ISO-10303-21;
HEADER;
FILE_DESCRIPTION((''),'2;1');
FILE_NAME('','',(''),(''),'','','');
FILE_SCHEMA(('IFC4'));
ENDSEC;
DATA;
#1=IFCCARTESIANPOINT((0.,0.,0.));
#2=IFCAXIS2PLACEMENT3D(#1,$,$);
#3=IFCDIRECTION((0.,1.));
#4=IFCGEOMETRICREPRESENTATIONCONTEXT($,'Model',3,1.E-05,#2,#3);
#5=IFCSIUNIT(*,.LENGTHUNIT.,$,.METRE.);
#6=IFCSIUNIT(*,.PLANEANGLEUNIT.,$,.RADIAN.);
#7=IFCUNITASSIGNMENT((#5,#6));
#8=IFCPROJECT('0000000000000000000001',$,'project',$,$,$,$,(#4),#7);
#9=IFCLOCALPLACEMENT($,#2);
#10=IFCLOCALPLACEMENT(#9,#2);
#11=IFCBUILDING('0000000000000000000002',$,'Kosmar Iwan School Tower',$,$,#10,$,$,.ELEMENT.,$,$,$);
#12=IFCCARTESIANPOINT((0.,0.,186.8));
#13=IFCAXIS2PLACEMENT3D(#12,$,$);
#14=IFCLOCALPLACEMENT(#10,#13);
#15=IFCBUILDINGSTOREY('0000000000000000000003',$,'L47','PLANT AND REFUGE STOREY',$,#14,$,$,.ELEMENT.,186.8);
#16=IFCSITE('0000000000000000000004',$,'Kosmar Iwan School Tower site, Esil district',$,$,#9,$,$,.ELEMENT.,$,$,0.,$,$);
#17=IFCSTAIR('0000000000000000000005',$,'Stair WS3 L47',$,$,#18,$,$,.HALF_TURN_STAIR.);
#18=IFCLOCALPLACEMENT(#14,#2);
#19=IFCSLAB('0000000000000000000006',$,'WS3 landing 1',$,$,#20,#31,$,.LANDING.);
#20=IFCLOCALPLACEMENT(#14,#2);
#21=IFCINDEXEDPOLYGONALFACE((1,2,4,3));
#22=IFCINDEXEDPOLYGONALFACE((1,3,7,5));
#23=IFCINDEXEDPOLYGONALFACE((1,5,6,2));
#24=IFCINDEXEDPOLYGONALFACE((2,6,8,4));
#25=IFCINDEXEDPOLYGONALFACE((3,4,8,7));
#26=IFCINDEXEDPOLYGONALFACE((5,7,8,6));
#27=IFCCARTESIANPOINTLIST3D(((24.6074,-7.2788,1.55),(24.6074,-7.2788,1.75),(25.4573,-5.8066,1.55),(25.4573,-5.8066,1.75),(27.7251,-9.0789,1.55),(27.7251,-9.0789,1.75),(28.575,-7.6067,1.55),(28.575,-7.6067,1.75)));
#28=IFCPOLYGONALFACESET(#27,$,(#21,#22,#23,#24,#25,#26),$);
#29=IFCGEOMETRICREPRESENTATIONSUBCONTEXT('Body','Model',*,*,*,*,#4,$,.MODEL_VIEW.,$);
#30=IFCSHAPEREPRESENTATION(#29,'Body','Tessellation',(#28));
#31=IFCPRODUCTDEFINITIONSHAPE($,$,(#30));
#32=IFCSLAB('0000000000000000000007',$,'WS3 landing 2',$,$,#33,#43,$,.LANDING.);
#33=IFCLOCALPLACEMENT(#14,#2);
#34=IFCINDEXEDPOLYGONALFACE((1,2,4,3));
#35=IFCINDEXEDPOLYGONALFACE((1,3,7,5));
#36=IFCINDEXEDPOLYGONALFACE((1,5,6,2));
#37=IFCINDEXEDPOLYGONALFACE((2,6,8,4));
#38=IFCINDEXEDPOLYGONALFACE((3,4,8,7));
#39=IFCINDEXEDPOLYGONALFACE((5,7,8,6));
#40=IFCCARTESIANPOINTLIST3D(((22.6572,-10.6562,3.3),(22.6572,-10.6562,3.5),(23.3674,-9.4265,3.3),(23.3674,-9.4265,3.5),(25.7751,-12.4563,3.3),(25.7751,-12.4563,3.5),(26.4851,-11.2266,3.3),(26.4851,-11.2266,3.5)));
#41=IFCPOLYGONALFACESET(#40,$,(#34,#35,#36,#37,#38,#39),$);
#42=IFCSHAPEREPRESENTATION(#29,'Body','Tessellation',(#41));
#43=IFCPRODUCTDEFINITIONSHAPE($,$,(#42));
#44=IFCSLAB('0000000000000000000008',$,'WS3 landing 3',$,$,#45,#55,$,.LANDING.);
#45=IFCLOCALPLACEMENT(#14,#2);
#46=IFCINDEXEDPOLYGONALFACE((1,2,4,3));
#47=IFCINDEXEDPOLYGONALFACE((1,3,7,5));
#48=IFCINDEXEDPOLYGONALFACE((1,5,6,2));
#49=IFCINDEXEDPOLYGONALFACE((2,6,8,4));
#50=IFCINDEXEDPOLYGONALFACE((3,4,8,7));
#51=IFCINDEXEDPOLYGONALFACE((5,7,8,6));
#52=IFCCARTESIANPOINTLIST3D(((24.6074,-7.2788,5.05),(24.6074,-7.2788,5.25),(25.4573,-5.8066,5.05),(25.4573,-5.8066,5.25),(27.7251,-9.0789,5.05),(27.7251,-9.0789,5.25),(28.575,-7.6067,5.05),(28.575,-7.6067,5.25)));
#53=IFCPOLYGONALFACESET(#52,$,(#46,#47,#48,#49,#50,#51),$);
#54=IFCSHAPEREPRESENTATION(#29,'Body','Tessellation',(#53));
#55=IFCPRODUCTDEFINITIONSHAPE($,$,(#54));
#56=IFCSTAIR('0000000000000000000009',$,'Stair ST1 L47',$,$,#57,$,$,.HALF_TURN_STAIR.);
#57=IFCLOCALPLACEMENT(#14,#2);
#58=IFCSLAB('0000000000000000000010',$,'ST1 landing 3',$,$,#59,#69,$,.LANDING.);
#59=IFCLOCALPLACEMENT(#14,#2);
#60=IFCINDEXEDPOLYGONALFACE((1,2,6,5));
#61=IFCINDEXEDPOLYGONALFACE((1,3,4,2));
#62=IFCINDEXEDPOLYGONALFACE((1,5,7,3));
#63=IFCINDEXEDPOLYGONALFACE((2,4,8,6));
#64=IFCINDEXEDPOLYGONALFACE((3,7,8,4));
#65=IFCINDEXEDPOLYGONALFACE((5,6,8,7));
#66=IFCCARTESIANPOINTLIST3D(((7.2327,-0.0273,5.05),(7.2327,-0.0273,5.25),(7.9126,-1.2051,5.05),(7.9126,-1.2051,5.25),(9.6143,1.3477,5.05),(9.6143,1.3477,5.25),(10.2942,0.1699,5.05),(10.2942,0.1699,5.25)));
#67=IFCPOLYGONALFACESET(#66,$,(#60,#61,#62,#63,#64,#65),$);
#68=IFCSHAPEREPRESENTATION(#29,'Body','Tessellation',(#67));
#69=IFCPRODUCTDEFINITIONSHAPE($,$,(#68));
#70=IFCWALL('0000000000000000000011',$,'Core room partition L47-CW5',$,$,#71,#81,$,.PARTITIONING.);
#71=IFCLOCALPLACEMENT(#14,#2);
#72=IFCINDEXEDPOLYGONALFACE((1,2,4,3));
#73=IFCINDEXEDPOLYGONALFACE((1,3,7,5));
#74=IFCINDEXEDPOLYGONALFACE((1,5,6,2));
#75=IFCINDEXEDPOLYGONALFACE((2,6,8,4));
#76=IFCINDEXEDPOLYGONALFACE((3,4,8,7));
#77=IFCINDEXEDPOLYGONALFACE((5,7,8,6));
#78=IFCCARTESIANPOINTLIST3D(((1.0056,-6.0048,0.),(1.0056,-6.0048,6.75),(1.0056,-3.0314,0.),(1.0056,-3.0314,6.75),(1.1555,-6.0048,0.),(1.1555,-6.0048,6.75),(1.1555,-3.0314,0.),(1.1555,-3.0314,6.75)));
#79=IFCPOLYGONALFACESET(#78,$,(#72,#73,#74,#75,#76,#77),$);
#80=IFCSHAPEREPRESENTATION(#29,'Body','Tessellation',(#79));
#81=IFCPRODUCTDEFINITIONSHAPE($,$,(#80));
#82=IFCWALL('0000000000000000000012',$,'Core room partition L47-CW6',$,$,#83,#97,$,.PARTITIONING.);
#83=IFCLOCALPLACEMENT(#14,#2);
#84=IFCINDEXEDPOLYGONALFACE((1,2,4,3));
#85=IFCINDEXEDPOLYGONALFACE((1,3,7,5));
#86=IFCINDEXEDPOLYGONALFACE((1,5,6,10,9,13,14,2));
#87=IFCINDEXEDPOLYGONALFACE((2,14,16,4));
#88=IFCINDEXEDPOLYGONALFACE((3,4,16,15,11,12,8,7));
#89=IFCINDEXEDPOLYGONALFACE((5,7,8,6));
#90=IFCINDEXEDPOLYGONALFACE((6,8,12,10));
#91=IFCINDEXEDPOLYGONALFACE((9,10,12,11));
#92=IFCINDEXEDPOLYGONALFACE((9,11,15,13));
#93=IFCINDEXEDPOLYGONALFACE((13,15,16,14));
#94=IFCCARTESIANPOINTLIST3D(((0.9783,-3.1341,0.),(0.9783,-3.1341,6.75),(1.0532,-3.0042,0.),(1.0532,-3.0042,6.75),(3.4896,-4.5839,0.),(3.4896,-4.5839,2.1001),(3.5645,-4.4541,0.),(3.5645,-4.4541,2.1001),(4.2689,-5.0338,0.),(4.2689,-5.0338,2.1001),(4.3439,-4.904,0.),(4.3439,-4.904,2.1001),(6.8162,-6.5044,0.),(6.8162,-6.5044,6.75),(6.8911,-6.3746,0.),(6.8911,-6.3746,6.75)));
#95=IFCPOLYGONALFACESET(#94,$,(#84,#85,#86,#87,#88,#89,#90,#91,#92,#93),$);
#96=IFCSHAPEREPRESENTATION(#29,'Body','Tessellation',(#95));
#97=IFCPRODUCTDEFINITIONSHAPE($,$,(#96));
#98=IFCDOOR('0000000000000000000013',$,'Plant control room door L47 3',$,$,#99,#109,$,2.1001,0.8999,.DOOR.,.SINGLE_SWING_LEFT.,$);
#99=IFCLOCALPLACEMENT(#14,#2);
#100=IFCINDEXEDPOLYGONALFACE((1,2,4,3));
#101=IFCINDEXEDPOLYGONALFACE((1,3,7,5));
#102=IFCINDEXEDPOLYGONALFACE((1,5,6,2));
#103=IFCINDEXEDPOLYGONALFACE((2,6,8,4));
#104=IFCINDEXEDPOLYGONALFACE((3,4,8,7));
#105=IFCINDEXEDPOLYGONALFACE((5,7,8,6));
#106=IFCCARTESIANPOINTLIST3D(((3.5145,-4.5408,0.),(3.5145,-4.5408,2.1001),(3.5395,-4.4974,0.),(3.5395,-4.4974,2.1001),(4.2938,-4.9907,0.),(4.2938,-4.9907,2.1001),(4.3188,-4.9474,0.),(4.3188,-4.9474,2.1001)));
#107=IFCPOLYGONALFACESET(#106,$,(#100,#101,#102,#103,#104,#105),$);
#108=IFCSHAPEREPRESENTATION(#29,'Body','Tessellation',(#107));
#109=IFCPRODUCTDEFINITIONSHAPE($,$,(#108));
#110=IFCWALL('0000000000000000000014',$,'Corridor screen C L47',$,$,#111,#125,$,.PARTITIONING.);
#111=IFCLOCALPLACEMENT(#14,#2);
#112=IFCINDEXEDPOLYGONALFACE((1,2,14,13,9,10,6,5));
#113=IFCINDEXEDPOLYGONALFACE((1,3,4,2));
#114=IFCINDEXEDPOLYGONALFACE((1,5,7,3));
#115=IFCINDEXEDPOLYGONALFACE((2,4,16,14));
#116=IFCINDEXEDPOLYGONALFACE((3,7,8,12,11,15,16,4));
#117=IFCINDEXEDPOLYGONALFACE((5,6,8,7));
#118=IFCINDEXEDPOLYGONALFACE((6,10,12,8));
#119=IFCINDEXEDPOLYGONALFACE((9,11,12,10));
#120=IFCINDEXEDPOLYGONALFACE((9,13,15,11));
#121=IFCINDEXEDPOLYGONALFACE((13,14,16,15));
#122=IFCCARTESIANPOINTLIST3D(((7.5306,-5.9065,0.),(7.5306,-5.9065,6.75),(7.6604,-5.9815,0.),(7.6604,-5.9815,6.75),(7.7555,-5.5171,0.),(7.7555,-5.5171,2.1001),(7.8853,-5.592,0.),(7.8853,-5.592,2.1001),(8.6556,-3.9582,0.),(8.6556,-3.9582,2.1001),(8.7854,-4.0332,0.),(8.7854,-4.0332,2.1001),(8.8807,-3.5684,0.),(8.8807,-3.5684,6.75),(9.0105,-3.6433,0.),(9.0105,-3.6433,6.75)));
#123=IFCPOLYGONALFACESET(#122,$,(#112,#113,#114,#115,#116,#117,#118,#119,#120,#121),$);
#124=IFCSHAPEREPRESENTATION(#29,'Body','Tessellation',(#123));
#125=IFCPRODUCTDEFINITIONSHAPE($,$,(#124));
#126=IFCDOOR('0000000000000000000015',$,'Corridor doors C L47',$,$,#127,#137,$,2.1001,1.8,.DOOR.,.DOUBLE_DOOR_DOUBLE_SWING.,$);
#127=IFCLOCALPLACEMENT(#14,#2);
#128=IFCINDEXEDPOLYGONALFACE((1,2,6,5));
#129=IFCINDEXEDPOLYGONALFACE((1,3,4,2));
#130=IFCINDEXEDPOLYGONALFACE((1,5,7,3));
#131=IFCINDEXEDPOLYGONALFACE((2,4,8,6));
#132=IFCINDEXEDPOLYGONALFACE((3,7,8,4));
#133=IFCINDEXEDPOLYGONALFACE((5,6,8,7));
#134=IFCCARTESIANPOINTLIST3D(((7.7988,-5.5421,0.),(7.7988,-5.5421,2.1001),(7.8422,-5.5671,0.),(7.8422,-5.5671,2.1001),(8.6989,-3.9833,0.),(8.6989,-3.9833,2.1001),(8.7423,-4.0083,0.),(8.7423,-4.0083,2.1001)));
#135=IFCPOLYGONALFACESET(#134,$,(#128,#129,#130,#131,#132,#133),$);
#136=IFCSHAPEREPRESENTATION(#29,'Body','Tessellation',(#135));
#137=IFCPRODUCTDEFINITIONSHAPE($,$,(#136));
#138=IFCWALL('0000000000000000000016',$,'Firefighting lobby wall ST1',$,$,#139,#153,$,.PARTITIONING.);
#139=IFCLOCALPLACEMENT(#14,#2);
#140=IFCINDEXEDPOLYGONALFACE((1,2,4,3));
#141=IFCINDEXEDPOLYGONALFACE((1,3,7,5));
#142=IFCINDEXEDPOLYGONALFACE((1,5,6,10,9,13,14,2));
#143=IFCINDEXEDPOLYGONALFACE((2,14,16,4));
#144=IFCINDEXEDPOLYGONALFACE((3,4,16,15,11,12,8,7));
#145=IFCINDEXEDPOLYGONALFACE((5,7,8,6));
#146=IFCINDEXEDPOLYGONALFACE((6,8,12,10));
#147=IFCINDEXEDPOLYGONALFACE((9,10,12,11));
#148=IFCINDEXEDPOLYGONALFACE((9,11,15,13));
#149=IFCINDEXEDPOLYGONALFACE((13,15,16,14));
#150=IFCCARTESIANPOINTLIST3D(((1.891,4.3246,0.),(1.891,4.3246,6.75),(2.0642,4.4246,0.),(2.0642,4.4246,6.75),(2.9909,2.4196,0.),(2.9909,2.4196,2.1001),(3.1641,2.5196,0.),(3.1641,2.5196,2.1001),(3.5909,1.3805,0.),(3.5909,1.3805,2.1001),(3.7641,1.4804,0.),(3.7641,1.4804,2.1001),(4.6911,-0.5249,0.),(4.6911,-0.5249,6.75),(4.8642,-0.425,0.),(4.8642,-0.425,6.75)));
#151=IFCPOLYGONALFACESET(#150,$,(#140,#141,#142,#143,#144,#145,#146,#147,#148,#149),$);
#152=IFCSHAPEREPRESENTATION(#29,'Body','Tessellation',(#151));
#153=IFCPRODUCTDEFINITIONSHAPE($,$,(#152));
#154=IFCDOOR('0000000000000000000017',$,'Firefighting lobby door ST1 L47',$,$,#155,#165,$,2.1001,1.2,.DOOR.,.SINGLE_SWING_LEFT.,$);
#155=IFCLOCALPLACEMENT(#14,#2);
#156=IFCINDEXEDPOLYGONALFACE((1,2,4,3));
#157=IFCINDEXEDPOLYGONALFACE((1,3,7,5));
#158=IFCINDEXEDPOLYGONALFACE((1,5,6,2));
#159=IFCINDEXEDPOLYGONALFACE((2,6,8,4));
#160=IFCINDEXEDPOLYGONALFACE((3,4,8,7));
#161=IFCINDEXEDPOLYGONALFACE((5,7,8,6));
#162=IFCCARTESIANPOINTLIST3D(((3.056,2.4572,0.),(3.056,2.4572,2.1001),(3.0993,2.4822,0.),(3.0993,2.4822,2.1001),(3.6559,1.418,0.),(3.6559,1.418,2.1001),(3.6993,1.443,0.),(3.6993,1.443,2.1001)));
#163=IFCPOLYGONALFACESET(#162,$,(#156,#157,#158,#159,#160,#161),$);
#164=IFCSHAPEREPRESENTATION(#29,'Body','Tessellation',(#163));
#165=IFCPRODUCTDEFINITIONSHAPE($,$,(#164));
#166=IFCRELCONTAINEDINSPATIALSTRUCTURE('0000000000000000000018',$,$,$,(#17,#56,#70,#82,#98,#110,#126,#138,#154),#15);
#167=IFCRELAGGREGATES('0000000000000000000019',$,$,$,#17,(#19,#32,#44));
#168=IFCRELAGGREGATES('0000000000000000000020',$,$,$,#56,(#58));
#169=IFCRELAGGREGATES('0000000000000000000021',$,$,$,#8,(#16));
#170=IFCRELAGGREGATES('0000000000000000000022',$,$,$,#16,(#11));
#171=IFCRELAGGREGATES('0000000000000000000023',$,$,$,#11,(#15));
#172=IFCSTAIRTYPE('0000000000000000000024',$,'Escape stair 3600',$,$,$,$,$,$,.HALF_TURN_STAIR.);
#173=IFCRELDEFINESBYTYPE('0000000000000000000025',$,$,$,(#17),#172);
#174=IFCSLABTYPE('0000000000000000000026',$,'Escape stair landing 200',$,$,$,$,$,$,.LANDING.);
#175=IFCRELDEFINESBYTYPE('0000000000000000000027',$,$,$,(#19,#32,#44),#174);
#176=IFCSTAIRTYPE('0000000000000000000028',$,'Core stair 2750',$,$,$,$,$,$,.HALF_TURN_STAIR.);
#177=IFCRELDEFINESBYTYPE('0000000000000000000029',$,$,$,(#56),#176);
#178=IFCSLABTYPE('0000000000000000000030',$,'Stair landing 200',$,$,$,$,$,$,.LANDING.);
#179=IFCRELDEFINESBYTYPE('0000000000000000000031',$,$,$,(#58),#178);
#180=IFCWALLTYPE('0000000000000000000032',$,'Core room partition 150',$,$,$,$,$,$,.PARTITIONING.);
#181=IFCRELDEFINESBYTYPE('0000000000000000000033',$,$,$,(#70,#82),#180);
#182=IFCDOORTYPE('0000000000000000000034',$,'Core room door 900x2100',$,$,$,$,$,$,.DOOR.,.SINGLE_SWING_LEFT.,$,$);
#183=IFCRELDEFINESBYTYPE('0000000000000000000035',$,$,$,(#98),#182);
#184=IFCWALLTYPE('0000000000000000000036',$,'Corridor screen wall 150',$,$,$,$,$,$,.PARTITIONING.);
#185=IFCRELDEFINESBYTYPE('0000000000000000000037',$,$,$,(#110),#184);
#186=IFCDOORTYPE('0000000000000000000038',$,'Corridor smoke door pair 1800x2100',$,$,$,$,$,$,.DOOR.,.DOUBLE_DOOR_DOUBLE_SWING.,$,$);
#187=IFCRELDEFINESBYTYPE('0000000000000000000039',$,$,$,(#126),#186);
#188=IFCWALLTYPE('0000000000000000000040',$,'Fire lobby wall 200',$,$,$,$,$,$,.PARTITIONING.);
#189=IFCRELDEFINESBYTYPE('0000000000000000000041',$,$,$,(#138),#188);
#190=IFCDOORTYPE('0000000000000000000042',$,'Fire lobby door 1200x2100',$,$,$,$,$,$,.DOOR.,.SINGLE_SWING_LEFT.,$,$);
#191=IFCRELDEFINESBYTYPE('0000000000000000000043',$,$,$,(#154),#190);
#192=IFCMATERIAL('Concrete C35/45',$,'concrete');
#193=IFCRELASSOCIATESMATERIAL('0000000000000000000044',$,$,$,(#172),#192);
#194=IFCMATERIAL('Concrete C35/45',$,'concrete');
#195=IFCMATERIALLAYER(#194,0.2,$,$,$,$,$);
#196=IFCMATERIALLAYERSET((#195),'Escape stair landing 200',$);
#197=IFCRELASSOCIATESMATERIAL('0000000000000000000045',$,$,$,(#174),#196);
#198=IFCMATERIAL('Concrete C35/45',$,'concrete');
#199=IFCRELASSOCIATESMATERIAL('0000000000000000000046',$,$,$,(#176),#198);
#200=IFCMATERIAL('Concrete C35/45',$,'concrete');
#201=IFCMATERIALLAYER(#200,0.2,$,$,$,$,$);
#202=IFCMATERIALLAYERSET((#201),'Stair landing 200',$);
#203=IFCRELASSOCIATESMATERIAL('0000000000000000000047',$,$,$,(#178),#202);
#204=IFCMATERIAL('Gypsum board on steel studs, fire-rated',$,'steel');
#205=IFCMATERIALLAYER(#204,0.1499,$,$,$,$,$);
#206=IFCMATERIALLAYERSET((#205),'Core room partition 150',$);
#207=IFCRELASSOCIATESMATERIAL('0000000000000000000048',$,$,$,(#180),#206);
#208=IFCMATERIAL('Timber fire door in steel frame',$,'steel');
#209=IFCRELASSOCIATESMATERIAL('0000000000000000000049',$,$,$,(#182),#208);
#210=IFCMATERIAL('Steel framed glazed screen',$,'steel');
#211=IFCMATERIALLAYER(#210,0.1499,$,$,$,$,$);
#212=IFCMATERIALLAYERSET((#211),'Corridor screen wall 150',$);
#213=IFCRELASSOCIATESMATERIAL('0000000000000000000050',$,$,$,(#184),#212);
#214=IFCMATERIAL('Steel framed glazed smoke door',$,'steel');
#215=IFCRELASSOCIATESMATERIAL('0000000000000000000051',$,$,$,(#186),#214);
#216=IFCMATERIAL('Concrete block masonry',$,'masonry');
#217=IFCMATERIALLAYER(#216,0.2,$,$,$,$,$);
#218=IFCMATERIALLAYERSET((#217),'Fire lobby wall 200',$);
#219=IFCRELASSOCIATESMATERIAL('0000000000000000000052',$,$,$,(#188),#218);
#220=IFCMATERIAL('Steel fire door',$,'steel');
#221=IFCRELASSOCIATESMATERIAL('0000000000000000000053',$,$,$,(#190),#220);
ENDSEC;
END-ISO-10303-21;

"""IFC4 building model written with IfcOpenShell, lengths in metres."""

from ifc_helpers import new_model, si_unit, direction, frame, frame_2d, origin, place, context, subcontext, project, spatial, polyline, rectangle, outline, extrude, material, layer, layer_set, type_object, element, fill, aggregate, save


model = new_model("IFC4")

# Units and contexts
model_context = context("Model", 3, precision=1e-05, world=origin(), true_north=direction((0.0, 1.0)))
body_context = subcontext(model_context, "Body", "Model", "MODEL_VIEW")
ifc_project = project(units=[si_unit("LENGTHUNIT", "METRE"), si_unit("PLANEANGLEUNIT", "RADIAN")], contexts=[model_context])

# Site, building, storey
site_placement = place(None, origin())
site = spatial("IfcSite", under=ifc_project, at=site_placement, Name="Kosmar Iwan School Tower site, Esil district", CompositionType="ELEMENT", RefElevation=0.0)
building_placement = place(site_placement, origin())
building = spatial("IfcBuilding", under=site, at=building_placement, Name="Kosmar Iwan School Tower", CompositionType="ELEMENT")
storey_placement = place(building_placement, frame((0.0, 0.0, 186.8)))
storey = spatial("IfcBuildingStorey", under=building, at=storey_placement, Name="L47", Description="PLANT AND REFUGE STOREY", CompositionType="ELEMENT", Elevation=186.8)

# Stair, slabs
ifc_material_1 = material(Name="Concrete C35/45", Category="concrete")
stair_type_1 = type_object("IfcStairType", Name="Escape stair 3600", PredefinedType="HALF_TURN_STAIR", material=ifc_material_1)
stair_1_placement = place(storey_placement, origin())
stair_1 = element("IfcStair", 1, at=stair_1_placement, inside=storey, type_object=stair_type_1, Name="Stair WS3 L47", PredefinedType="HALF_TURN_STAIR")
ifc_material_2 = material(Name="Concrete C35/45", Category="concrete")
ifc_layer_1 = layer(ifc_material_2, 0.2)
ifc_layer_set_1 = layer_set([ifc_layer_1], Name="Escape stair landing 200")
slab_type_1 = type_object("IfcSlabType", Name="Escape stair landing 200", PredefinedType="LANDING", material=ifc_layer_set_1)
slab_1_placement = place(storey_placement, frame((0.0, 0.0, 1.55)))
slab_1 = element("IfcSlab", 2, at=slab_1_placement, type_object=slab_type_1, Name="WS3 landing 1", PredefinedType="LANDING", context=body_context, shape_type="SweptSolid", body=[
    extrude(outline(polyline([(24.6074, -7.2788), (27.7251, -9.0789), (28.575, -7.6067), (25.4573, -5.8066), (24.6074, -7.2788)])), origin(), (0.0, 0.0, 1.0), 0.2),
])
slab_2_placement = place(storey_placement, frame((0.0, 0.0, 3.3)))
slab_2 = element("IfcSlab", 3, at=slab_2_placement, type_object=slab_type_1, Name="WS3 landing 2", PredefinedType="LANDING", context=body_context, shape_type="SweptSolid", body=[
    extrude(outline(polyline([(22.6572, -10.6562), (25.7751, -12.4563), (26.4851, -11.2266), (23.3674, -9.4265), (22.6572, -10.6562)])), origin(), (0.0, 0.0, 1.0), 0.2),
])
slab_3_placement = place(storey_placement, frame((0.0, 0.0, 5.05)))
slab_3 = element("IfcSlab", 4, at=slab_3_placement, type_object=slab_type_1, Name="WS3 landing 3", PredefinedType="LANDING", context=body_context, shape_type="SweptSolid", body=[
    extrude(outline(polyline([(24.6074, -7.2788), (27.7251, -9.0789), (28.575, -7.6067), (25.4573, -5.8066), (24.6074, -7.2788)])), origin(), (0.0, 0.0, 1.0), 0.2),
])
aggregate(stair_1, [slab_1, slab_2, slab_3])

# Stair, slab
ifc_material_3 = material(Name="Concrete C35/45", Category="concrete")
stair_type_2 = type_object("IfcStairType", Name="Core stair 2750", PredefinedType="HALF_TURN_STAIR", material=ifc_material_3)
stair_2_placement = place(storey_placement, origin())
stair_2 = element("IfcStair", 5, at=stair_2_placement, inside=storey, type_object=stair_type_2, Name="Stair ST1 L47", PredefinedType="HALF_TURN_STAIR")
ifc_material_4 = material(Name="Concrete C35/45", Category="concrete")
ifc_layer_2 = layer(ifc_material_4, 0.2)
ifc_layer_set_2 = layer_set([ifc_layer_2], Name="Stair landing 200")
slab_type_2 = type_object("IfcSlabType", Name="Stair landing 200", PredefinedType="LANDING", material=ifc_layer_set_2)
slab_4_placement = place(storey_placement, frame((0.0, 0.0, 5.05)))
slab_4 = element("IfcSlab", 6, at=slab_4_placement, type_object=slab_type_2, Name="ST1 landing 3", PredefinedType="LANDING", context=body_context, shape_type="SweptSolid", body=[
    extrude(outline(polyline([(7.9126, -1.2051), (10.2942, 0.1699), (9.6143, 1.3477), (7.2327, -0.0273), (7.9126, -1.2051)])), origin(), (0.0, 0.0, 1.0), 0.2),
])

# Wall
ifc_material_5 = material(Name="Gypsum board on steel studs, fire-rated", Category="steel")
ifc_layer_3 = layer(ifc_material_5, 0.1499)
ifc_layer_set_3 = layer_set([ifc_layer_3], Name="Core room partition 150")
wall_type_1 = type_object("IfcWallType", Name="Core room partition 150", PredefinedType="PARTITIONING", material=ifc_layer_set_3)
wall_1_placement = place(storey_placement, frame((1.0806, -6.0049, 0.0), z_axis=(0.0, 0.0, 1.0), x_axis=(0.0, 1.0, 0.0)))
element("IfcWall", 7, at=wall_1_placement, inside=storey, type_object=wall_type_1, Name="Core room partition L47-CW5", PredefinedType="PARTITIONING", context=body_context, shape_type="SweptSolid", body=[
    extrude(rectangle(XDim=2.9734, YDim=0.1499, at=frame_2d((1.4868, 0.0))), origin(), (0.0, 0.0, 1.0), 6.75),
])

# Walls, openings, doors
wall_2_placement = place(storey_placement, frame((1.0156, -3.0691, 0.0), z_axis=(0.0, 0.0, 1.0), x_axis=(0.866035, -0.499984, 0.0)))
wall_2 = element("IfcWall", 8, at=wall_2_placement, inside=storey, type_object=wall_type_1, Name="Core room partition L47-CW6", PredefinedType="PARTITIONING", context=body_context, shape_type="SweptSolid", body=[
    extrude(rectangle(XDim=6.741, YDim=0.1499, at=frame_2d((3.3706, 0.0))), origin(), (0.0, 0.0, 1.0), 6.75),
])
opening_1_placement = place(wall_2_placement, frame((2.8999, 0.0, 0.0)))
opening_1 = element("IfcOpeningElement", 9, at=opening_1_placement, cuts=wall_2, PredefinedType="OPENING", context=body_context, shape_type="SweptSolid", body=[
    extrude(rectangle(XDim=0.8999, YDim=2.1001, at=frame_2d((0.45, 1.05))), frame((0.0, 0.0869, 0.0), z_axis=(0.0, -1.0, 0.0), x_axis=(1.0, 0.0, 0.0)), (0.0, 0.0, 1.0), 0.1738),
])
ifc_material_6 = material(Name="Timber fire door in steel frame", Category="steel")
door_type_1 = type_object("IfcDoorType", Name="Core room door 900x2100", OperationType="SINGLE_SWING_LEFT", PredefinedType="DOOR", material=ifc_material_6)
door_1_placement = place(opening_1_placement, origin())
door_1 = element("IfcDoor", 10, at=door_1_placement, inside=storey, type_object=door_type_1, Name="Plant control room door L47 3", OperationType="SINGLE_SWING_LEFT", OverallHeight=2.1001, OverallWidth=0.8999, PredefinedType="DOOR", context=body_context, shape_type="SweptSolid", body=[
    extrude(rectangle(XDim=0.8999, YDim=2.1001, at=frame_2d((0.45, 1.05))), frame((0.0, 0.0249, 0.0), z_axis=(0.0, -1.0, 0.0), x_axis=(1.0, 0.0, 0.0)), (0.0, 0.0, 1.0), 0.05),
])
fill(opening_1, door_1)
ifc_material_7 = material(Name="Steel framed glazed screen", Category="steel")
ifc_layer_4 = layer(ifc_material_7, 0.1499)
ifc_layer_set_4 = layer_set([ifc_layer_4], Name="Corridor screen wall 150")
wall_type_2 = type_object("IfcWallType", Name="Corridor screen wall 150", PredefinedType="PARTITIONING", material=ifc_layer_set_4)
wall_3_placement = place(storey_placement, frame((7.5955, -5.9441, 0.0), z_axis=(0.0, 0.0, 1.0), x_axis=(0.500049, 0.865997, 0.0)))
wall_3 = element("IfcWall", 11, at=wall_3_placement, inside=storey, type_object=wall_type_2, Name="Corridor screen C L47", PredefinedType="PARTITIONING", context=body_context, shape_type="SweptSolid", body=[
    extrude(rectangle(XDim=2.7, YDim=0.1499, at=frame_2d((1.3501, 0.0))), origin(), (0.0, 0.0, 1.0), 6.75),
])
opening_2_placement = place(wall_3_placement, frame((0.45, 0.0, 0.0)))
opening_2 = element("IfcOpeningElement", 12, at=opening_2_placement, cuts=wall_3, PredefinedType="OPENING", context=body_context, shape_type="SweptSolid", body=[
    extrude(rectangle(XDim=1.8, YDim=2.1001, at=frame_2d((0.8999, 1.05))), frame((0.0, 0.0869, 0.0), z_axis=(0.0, -1.0, 0.0), x_axis=(1.0, 0.0, 0.0)), (0.0, 0.0, 1.0), 0.1738),
])
ifc_material_8 = material(Name="Steel framed glazed smoke door", Category="steel")
door_type_2 = type_object("IfcDoorType", Name="Corridor smoke door pair 1800x2100", OperationType="DOUBLE_DOOR_DOUBLE_SWING", PredefinedType="DOOR", material=ifc_material_8)
door_2_placement = place(opening_2_placement, origin())
door_2 = element("IfcDoor", 13, at=door_2_placement, inside=storey, type_object=door_type_2, Name="Corridor doors C L47", OperationType="DOUBLE_DOOR_DOUBLE_SWING", OverallHeight=2.1001, OverallWidth=1.8, PredefinedType="DOOR", context=body_context, shape_type="SweptSolid", body=[
    extrude(rectangle(XDim=1.8, YDim=2.1001, at=frame_2d((0.8999, 1.05))), frame((0.0, 0.0249, 0.0), z_axis=(0.0, -1.0, 0.0), x_axis=(1.0, 0.0, 0.0)), (0.0, 0.0, 1.0), 0.05),
])
fill(opening_2, door_2)
ifc_material_9 = material(Name="Concrete block masonry", Category="masonry")
ifc_layer_5 = layer(ifc_material_9, 0.2)
ifc_layer_set_5 = layer_set([ifc_layer_5], Name="Fire lobby wall 200")
wall_type_3 = type_object("IfcWallType", Name="Fire lobby wall 200", PredefinedType="PARTITIONING", material=ifc_layer_set_5)
wall_4_placement = place(storey_placement, frame((4.7776, -0.4749, 0.0), z_axis=(0.0, 0.0, 1.0), x_axis=(-0.500017, 0.866016, 0.0)))
wall_4 = element("IfcWall", 14, at=wall_4_placement, inside=storey, type_object=wall_type_3, Name="Firefighting lobby wall ST1", PredefinedType="PARTITIONING", context=body_context, shape_type="SweptSolid", body=[
    extrude(rectangle(XDim=5.5999, YDim=0.2, at=frame_2d((2.7998, 0.0))), origin(), (0.0, 0.0, 1.0), 6.75),
])
opening_3_placement = place(wall_4_placement, frame((2.2, 0.0, 0.0)))
opening_3 = element("IfcOpeningElement", 15, at=opening_3_placement, cuts=wall_4, PredefinedType="OPENING", context=body_context, shape_type="SweptSolid", body=[
    extrude(rectangle(XDim=1.2, YDim=2.1001, at=frame_2d((0.6001, 1.05))), frame((0.0, 0.1121, 0.0), z_axis=(0.0, -1.0, 0.0), x_axis=(1.0, 0.0, 0.0)), (0.0, 0.0, 1.0), 0.2239),
])
ifc_material_10 = material(Name="Steel fire door", Category="steel")
door_type_3 = type_object("IfcDoorType", Name="Fire lobby door 1200x2100", OperationType="SINGLE_SWING_LEFT", PredefinedType="DOOR", material=ifc_material_10)
door_3_placement = place(opening_3_placement, origin())
door_3 = element("IfcDoor", 16, at=door_3_placement, inside=storey, type_object=door_type_3, Name="Firefighting lobby door ST1 L47", OperationType="SINGLE_SWING_LEFT", OverallHeight=2.1001, OverallWidth=1.2, PredefinedType="DOOR", context=body_context, shape_type="SweptSolid", body=[
    extrude(rectangle(XDim=1.2, YDim=2.1001, at=frame_2d((0.6001, 1.05))), frame((0.0, 0.0249, 0.0), z_axis=(0.0, -1.0, 0.0), x_axis=(1.0, 0.0, 0.0)), (0.0, 0.0, 1.0), 0.05),
])
fill(opening_3, door_3)

aggregate(stair_2, [slab_4])

save(model, "model.ifc")
